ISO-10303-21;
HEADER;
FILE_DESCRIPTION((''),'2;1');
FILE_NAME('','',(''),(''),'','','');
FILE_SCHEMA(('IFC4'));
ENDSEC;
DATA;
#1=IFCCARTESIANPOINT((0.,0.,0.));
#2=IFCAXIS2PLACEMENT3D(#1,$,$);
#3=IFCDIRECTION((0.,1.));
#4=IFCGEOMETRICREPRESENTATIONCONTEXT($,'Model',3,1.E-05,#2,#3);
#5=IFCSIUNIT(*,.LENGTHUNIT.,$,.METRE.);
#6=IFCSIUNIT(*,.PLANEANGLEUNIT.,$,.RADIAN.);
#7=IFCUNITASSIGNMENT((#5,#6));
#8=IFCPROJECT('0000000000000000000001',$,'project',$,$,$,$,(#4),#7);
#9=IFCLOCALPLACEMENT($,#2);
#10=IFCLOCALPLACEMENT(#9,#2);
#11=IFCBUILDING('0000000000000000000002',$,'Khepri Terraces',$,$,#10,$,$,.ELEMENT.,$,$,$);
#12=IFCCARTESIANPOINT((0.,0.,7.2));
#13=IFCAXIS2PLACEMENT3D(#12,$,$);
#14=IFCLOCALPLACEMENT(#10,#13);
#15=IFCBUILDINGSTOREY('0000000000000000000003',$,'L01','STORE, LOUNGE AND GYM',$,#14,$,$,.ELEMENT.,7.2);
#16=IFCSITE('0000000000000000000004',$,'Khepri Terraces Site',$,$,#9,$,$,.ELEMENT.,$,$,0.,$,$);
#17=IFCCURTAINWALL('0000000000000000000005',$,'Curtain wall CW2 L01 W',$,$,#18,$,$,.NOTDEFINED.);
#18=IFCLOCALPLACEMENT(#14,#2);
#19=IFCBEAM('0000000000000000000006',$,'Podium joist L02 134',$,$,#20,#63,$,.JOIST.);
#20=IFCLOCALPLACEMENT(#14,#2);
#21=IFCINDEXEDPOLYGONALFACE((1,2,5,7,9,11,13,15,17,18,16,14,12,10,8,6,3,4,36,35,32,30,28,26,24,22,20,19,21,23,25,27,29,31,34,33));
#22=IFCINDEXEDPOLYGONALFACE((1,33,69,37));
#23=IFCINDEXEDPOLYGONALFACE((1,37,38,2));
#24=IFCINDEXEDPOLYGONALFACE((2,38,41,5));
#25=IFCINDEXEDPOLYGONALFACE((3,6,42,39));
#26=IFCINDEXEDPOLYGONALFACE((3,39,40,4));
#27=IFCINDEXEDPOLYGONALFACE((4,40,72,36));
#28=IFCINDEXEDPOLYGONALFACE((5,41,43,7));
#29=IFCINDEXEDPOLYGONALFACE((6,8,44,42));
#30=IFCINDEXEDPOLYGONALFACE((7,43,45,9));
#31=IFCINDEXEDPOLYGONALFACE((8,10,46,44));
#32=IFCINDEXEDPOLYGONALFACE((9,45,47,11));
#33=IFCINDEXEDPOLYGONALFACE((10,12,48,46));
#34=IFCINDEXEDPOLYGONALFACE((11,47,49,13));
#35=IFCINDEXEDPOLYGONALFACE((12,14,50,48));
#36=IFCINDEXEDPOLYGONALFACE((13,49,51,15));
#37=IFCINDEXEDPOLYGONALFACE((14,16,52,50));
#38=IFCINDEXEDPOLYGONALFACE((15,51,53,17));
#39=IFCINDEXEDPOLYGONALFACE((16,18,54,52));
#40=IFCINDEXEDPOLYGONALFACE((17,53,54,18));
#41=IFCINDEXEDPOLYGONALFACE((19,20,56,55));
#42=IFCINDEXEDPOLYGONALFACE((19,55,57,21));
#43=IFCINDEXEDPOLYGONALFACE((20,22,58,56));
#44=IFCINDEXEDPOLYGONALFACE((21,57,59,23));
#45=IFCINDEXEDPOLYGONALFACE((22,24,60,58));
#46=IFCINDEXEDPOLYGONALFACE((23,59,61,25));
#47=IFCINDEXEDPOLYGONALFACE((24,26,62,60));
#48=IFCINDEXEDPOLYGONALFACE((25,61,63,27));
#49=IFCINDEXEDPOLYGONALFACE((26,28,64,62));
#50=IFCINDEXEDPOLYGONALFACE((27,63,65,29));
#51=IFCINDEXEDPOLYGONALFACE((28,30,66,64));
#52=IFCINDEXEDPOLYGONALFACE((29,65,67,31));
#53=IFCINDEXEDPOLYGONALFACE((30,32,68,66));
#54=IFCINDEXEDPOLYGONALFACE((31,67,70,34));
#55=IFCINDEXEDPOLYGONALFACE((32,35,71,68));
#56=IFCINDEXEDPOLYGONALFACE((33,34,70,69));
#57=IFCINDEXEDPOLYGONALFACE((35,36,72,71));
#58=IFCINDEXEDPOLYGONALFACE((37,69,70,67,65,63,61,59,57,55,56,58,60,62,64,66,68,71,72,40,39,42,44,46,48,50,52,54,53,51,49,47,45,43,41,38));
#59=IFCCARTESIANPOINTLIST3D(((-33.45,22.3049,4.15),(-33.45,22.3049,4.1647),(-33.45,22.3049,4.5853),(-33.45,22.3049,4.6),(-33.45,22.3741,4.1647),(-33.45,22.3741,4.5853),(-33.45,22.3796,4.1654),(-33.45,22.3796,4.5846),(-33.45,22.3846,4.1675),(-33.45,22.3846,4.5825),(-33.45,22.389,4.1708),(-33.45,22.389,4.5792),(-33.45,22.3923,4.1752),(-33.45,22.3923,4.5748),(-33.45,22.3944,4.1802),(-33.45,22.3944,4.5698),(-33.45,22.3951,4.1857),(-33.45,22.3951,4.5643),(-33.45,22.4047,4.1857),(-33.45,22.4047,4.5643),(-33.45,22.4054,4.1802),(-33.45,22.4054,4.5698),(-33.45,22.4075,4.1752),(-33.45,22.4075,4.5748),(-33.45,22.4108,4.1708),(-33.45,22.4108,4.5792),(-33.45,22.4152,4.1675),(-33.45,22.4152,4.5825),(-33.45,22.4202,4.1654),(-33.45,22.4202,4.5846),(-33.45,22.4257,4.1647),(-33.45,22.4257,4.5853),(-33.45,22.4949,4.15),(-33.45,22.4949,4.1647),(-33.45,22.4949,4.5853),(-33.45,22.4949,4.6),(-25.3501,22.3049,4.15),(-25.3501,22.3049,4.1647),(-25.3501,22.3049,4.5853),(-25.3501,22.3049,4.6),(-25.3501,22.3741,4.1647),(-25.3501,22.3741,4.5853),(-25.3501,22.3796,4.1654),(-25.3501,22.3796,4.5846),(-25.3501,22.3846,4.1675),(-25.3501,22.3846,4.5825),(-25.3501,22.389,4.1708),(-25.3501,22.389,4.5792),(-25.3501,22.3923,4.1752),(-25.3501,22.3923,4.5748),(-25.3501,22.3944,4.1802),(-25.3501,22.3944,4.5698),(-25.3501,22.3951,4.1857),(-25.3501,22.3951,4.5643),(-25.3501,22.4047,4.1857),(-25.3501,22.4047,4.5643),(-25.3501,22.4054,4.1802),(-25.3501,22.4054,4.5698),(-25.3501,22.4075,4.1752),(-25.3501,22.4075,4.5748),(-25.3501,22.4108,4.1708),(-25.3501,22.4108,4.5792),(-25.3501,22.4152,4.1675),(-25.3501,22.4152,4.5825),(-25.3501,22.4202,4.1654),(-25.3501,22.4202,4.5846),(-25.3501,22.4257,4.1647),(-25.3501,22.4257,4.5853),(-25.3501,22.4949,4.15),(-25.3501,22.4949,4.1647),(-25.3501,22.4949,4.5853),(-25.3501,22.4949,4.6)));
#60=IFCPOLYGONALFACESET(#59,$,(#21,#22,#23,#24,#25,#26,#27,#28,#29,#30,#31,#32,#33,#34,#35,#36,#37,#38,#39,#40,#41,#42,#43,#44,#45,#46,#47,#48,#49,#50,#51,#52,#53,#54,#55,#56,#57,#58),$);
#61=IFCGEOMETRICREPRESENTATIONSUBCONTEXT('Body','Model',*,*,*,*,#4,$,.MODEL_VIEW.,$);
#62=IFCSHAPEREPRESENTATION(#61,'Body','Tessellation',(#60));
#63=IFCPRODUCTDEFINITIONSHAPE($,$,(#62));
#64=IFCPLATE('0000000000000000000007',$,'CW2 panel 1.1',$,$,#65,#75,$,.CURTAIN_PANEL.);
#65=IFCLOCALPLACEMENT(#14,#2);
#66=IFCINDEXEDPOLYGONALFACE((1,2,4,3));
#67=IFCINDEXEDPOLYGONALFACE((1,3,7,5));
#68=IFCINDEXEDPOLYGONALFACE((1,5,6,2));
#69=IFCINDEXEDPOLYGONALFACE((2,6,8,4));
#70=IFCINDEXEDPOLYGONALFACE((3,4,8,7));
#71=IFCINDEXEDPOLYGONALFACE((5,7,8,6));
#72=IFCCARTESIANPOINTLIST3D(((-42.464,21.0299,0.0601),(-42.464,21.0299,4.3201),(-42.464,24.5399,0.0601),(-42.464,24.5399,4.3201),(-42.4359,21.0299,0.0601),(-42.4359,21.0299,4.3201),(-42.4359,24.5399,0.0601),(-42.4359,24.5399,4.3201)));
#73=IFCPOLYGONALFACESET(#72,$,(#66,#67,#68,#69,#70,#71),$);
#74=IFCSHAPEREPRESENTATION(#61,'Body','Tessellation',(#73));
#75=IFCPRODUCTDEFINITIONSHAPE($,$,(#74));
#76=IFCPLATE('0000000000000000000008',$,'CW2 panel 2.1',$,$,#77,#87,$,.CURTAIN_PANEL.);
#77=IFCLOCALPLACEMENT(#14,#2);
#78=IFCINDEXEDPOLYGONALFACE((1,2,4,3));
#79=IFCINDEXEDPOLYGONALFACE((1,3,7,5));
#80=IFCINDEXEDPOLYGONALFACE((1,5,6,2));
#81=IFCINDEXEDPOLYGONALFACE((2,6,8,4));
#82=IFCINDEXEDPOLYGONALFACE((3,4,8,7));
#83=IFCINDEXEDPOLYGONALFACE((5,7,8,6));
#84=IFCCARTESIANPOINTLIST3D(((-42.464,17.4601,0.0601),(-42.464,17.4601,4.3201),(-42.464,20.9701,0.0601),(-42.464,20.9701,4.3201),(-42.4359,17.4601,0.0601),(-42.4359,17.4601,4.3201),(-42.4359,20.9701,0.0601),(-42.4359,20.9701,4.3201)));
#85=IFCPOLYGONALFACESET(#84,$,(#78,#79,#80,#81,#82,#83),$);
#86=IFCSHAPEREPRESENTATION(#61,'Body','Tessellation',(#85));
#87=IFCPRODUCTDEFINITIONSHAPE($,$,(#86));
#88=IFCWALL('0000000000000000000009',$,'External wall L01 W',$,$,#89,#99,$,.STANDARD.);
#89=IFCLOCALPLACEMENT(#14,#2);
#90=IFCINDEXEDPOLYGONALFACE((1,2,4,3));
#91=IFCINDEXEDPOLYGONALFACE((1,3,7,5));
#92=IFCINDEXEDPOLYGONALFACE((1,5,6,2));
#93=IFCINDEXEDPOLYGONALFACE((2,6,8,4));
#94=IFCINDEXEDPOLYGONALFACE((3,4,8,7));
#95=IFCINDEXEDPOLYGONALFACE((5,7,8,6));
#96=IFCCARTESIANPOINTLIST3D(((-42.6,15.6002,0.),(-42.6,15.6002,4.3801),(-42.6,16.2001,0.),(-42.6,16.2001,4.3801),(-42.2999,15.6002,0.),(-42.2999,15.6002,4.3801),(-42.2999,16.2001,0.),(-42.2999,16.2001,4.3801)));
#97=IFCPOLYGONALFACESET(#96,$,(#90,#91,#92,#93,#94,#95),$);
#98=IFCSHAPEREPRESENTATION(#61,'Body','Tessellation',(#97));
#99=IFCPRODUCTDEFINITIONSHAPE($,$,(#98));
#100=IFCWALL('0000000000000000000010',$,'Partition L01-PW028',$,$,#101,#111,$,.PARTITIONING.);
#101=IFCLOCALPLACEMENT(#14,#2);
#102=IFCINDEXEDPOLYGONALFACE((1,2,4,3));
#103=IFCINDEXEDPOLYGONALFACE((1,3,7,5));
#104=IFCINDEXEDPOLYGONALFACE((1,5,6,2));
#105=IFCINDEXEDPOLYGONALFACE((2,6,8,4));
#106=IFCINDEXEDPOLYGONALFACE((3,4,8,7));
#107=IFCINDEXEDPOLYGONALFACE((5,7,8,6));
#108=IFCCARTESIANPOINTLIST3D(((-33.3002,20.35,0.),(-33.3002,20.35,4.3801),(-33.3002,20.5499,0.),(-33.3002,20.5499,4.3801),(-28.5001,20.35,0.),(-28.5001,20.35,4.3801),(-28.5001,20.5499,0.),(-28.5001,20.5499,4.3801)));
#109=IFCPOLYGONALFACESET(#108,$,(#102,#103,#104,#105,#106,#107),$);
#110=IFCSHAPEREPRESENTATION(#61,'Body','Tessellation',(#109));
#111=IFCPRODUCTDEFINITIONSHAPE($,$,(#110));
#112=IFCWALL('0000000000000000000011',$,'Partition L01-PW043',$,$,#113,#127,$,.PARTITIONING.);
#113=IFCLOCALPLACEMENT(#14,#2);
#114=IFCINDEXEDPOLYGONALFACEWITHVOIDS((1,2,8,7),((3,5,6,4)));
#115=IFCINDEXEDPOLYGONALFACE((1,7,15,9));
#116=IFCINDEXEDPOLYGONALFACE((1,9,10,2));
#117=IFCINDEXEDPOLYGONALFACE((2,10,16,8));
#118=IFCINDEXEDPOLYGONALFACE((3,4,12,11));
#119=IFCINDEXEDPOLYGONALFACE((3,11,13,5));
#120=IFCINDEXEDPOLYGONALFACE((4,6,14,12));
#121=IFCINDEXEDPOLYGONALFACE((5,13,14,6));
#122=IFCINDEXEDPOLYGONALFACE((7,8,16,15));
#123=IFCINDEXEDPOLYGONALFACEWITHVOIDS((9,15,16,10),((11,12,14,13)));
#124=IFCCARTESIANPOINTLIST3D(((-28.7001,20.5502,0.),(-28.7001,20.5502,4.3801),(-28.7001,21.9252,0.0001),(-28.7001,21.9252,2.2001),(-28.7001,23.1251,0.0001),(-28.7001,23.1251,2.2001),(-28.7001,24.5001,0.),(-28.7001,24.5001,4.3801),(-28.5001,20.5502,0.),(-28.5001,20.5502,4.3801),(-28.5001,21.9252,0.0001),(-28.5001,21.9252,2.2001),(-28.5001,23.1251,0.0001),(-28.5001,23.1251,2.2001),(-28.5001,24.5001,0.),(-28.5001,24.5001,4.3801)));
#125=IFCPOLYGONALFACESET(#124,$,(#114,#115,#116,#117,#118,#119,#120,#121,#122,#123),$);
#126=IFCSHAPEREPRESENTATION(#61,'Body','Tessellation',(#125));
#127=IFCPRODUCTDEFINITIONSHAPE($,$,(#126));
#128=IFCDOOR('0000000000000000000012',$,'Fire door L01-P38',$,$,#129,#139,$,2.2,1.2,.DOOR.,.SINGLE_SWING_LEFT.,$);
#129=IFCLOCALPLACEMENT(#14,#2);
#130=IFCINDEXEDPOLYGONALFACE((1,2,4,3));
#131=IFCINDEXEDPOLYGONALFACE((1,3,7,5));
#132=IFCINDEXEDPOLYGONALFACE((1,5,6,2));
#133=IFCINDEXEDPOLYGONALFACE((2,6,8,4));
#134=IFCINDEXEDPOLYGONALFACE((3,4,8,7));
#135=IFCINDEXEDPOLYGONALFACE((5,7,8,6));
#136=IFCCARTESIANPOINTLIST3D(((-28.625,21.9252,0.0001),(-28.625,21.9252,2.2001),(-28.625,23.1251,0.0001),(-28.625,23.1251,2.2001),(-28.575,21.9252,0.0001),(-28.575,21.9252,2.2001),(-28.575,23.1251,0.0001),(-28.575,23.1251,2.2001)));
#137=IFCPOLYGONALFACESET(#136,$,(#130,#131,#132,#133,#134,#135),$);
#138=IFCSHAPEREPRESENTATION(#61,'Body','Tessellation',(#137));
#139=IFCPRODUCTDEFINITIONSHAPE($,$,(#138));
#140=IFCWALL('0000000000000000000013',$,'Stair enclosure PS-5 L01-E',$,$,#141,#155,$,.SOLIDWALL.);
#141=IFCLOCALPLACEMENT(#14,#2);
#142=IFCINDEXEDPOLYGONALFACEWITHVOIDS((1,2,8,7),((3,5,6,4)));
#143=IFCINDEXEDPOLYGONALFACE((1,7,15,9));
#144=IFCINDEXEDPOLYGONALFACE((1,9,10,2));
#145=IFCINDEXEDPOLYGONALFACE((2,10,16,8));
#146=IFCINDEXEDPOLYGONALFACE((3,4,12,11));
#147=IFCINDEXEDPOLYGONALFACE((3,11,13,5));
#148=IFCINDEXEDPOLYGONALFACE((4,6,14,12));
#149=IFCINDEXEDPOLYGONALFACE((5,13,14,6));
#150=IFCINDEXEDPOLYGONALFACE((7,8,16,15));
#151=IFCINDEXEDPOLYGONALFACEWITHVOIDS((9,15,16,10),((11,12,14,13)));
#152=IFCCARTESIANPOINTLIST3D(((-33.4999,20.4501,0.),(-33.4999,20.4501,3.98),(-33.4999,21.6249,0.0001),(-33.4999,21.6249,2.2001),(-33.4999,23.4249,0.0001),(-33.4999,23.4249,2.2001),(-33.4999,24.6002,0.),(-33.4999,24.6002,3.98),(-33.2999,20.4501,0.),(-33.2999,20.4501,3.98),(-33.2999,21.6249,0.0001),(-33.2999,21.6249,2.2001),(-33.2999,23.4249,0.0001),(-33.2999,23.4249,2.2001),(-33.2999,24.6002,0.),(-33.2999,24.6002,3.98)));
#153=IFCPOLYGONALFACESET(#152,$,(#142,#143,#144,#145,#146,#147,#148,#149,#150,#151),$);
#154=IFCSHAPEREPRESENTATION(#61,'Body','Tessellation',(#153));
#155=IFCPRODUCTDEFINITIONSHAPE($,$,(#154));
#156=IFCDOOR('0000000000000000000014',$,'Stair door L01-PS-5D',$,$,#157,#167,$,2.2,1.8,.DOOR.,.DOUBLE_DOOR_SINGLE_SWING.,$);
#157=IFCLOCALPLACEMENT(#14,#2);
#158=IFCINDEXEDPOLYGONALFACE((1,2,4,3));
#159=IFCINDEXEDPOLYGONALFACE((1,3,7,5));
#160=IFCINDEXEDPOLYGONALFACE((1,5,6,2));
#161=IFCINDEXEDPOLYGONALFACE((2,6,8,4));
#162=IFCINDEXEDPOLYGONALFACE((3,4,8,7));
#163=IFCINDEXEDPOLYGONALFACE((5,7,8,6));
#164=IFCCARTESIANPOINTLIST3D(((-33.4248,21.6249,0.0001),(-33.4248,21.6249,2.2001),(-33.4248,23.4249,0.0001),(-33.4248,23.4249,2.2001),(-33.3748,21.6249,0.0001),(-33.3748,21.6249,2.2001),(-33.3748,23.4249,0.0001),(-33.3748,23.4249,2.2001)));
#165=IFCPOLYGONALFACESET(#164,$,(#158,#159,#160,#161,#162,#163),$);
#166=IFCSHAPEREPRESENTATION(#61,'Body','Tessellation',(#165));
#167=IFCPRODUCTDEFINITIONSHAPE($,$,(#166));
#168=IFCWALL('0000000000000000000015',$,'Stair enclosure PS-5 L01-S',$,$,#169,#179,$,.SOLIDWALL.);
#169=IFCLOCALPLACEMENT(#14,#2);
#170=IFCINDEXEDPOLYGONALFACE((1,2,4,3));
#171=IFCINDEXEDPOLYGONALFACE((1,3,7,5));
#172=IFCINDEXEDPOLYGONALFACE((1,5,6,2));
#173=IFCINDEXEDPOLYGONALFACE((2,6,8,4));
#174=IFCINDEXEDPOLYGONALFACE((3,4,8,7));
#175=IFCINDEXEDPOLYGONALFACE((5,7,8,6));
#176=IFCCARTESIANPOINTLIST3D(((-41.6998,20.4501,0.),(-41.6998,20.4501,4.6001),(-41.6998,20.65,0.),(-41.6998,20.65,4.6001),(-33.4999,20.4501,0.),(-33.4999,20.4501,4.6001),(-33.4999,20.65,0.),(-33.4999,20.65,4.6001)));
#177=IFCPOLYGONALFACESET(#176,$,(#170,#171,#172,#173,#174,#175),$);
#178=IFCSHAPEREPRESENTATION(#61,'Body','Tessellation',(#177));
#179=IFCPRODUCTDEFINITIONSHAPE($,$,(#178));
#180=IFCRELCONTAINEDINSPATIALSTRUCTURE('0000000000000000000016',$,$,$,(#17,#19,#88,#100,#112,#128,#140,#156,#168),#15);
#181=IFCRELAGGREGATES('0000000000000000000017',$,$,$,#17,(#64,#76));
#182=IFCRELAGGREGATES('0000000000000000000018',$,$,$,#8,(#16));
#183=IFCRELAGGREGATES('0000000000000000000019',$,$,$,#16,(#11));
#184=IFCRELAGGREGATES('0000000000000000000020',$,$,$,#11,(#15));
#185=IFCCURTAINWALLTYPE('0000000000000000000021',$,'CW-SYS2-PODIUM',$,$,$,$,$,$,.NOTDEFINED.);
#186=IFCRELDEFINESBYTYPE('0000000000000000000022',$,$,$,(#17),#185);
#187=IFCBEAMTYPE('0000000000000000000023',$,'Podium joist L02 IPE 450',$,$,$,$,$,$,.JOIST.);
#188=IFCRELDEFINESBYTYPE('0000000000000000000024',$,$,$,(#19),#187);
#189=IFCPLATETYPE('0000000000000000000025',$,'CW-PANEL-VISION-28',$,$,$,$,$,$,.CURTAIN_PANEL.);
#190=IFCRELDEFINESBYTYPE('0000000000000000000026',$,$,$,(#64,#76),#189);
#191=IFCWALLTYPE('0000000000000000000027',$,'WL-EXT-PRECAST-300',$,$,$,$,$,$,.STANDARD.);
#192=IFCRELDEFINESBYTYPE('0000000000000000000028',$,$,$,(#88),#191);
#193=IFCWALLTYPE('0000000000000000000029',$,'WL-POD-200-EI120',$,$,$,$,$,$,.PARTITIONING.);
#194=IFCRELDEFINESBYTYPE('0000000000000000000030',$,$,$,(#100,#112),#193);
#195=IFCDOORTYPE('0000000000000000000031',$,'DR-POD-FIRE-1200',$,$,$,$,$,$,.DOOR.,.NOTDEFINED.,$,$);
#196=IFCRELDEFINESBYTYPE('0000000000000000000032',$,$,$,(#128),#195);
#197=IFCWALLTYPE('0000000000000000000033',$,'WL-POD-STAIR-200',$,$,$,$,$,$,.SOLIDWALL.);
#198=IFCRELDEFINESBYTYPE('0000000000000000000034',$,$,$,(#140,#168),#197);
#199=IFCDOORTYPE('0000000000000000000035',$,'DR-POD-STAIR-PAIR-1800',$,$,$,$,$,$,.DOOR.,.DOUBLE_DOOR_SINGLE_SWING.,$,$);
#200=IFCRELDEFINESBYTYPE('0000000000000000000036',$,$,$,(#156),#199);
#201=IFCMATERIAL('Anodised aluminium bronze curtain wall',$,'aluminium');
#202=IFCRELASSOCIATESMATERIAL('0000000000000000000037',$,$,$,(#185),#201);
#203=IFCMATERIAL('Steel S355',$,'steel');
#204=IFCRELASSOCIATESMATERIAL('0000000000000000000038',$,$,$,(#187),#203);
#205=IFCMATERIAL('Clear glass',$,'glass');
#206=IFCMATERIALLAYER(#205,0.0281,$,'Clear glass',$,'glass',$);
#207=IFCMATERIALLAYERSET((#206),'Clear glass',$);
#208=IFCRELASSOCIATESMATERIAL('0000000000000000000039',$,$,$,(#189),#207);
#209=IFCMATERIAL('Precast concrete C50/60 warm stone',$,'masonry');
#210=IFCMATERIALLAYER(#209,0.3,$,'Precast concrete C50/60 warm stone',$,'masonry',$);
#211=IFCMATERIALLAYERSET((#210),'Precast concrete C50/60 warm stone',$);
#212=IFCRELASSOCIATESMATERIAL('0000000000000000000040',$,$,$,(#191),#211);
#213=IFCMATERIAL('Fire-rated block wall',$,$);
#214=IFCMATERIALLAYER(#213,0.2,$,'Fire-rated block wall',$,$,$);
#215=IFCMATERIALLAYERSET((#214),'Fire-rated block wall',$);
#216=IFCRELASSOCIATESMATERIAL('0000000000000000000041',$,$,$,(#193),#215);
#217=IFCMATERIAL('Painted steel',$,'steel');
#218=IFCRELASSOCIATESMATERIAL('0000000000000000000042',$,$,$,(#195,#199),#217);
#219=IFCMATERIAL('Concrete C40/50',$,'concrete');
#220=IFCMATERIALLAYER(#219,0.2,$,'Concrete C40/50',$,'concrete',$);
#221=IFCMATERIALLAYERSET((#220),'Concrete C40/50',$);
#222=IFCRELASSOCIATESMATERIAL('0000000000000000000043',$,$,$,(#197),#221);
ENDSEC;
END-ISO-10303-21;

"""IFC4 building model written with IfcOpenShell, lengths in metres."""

from ifc_helpers import new_model, si_unit, direction, frame, frame_2d, origin, origin_2d, place, context, subcontext, project, spatial, rectangle, i_section, extrude, material, layer, layer_set, material_profile, profile_set, type_object, element, fill, aggregate, save


model = new_model("IFC4")

# Units and contexts
model_context = context("Model", 3, precision=1e-05, world=origin(), true_north=direction((0.0, 1.0)))
body_context = subcontext(model_context, "Body", "Model", "MODEL_VIEW")
ifc_project = project(units=[si_unit("LENGTHUNIT", "METRE"), si_unit("PLANEANGLEUNIT", "RADIAN")], contexts=[model_context])

# Site, building, storey
site_placement = place(None, origin())
site = spatial("IfcSite", under=ifc_project, at=site_placement, Name="Khepri Terraces Site", CompositionType="ELEMENT", RefElevation=0.0)
building_placement = place(site_placement, origin())
building = spatial("IfcBuilding", under=site, at=building_placement, Name="Khepri Terraces", CompositionType="ELEMENT")
storey_placement = place(building_placement, frame((0.0, 0.0, 7.2)))
storey = spatial("IfcBuildingStorey", under=building, at=storey_placement, Name="L01", Description="STORE, LOUNGE AND GYM", CompositionType="ELEMENT", Elevation=7.2)

# Curtain wall
ifc_material_1 = material(Name="Anodised aluminium bronze curtain wall", Category="aluminium")
curtain_wall_type = type_object("IfcCurtainWallType", Name="CW-SYS2-PODIUM", PredefinedType="NOTDEFINED", material=ifc_material_1)
curtain_wall_placement = place(storey_placement, origin())
curtain_wall = element("IfcCurtainWall", 1, at=curtain_wall_placement, inside=storey, type_object=curtain_wall_type, Name="Curtain wall CW2 L01 W", PredefinedType="NOTDEFINED")

# Beam
ifc_material_2 = material(Name="Steel S355", Category="steel")
ifc_material_profile_1 = material_profile(ifc_material_2, i_section(OverallWidth=0.1899, OverallDepth=0.45, WebThickness=0.0095, FlangeThickness=0.0146, FilletRadius=0.021, at=origin_2d()), Name="Steel S355", Category="steel")
ifc_profile_set_1 = profile_set([ifc_material_profile_1], Name="Steel S355")
beam_type_1 = type_object("IfcBeamType", Name="Podium joist L02 IPE 450", PredefinedType="JOIST", material=ifc_profile_set_1)
beam_1_placement = place(storey_placement, frame((-33.45, 22.3999, 4.375), z_axis=(1.0, 0.0, 0.0), x_axis=(0.0, 1.0, 0.0)))
element("IfcBeam", 2, at=beam_1_placement, inside=storey, type_object=beam_type_1, Name="Podium joist L02 134", PredefinedType="JOIST", context=body_context, shape_type="SweptSolid", body=[
    extrude(i_section(OverallWidth=0.1899, OverallDepth=0.45, WebThickness=0.0095, FlangeThickness=0.0146, FilletRadius=0.021, at=origin_2d()), origin(), (0.0, 0.0, 1.0), 8.0999),
])

# Plates
ifc_material_3 = material(Name="Clear glass", Category="glass")
ifc_layer_1 = layer(ifc_material_3, 0.0281, Name="Clear glass", Category="glass")
ifc_layer_set_1 = layer_set([ifc_layer_1], Name="Clear glass")
plate_type = type_object("IfcPlateType", Name="CW-PANEL-VISION-28", PredefinedType="CURTAIN_PANEL", material=ifc_layer_set_1)
plate_1_placement = place(storey_placement, frame((-42.45, 22.7849, 0.0601), z_axis=(0.0, 0.0, 1.0), x_axis=(0.0, -1.0, 0.0)))
plate_1 = element("IfcPlate", 3, at=plate_1_placement, type_object=plate_type, Name="CW2 panel 1.1", PredefinedType="CURTAIN_PANEL", context=body_context, shape_type="SweptSolid", body=[
    extrude(rectangle(XDim=3.51, YDim=0.0281, at=origin_2d()), origin(), (0.0, 0.0, 1.0), 4.26),
])
plate_2_placement = place(storey_placement, frame((-42.45, 19.2151, 0.0601), z_axis=(0.0, 0.0, 1.0), x_axis=(0.0, -1.0, 0.0)))
plate_2 = element("IfcPlate", 4, at=plate_2_placement, type_object=plate_type, Name="CW2 panel 2.1", PredefinedType="CURTAIN_PANEL", context=body_context, shape_type="SweptSolid", body=[
    extrude(rectangle(XDim=3.51, YDim=0.0281, at=origin_2d()), origin(), (0.0, 0.0, 1.0), 4.26),
])
aggregate(curtain_wall, [plate_1, plate_2])

# Wall
ifc_material_4 = material(Name="Precast concrete C50/60 warm stone", Category="masonry")
ifc_layer_2 = layer(ifc_material_4, 0.3, Name="Precast concrete C50/60 warm stone", Category="masonry")
ifc_layer_set_2 = layer_set([ifc_layer_2], Name="Precast concrete C50/60 warm stone")
wall_type_1 = type_object("IfcWallType", Name="WL-EXT-PRECAST-300", PredefinedType="STANDARD", material=ifc_layer_set_2)
wall_1_placement = place(storey_placement, frame((-42.45, 16.2, 0.0), z_axis=(0.0, 0.0, 1.0), x_axis=(0.0, -1.0, 0.0)))
element("IfcWall", 5, at=wall_1_placement, inside=storey, type_object=wall_type_1, Name="External wall L01 W", PredefinedType="STANDARD", context=body_context, shape_type="SweptSolid", body=[
    extrude(rectangle(XDim=0.5999, YDim=0.3, at=frame_2d((0.2998, 0.0))), origin(), (0.0, 0.0, 1.0), 4.3801),
])

# Wall
ifc_material_5 = material(Name="Fire-rated block wall")
ifc_layer_3 = layer(ifc_material_5, 0.2, Name="Fire-rated block wall")
ifc_layer_set_3 = layer_set([ifc_layer_3], Name="Fire-rated block wall")
wall_type_2 = type_object("IfcWallType", Name="WL-POD-200-EI120", PredefinedType="PARTITIONING", material=ifc_layer_set_3)
wall_2_placement = place(storey_placement, frame((-33.3, 20.45, 0.0), z_axis=(0.0, 0.0, 1.0), x_axis=(1.0, 0.0, 0.0)))
element("IfcWall", 6, at=wall_2_placement, inside=storey, type_object=wall_type_2, Name="Partition L01-PW028", PredefinedType="PARTITIONING", context=body_context, shape_type="SweptSolid", body=[
    extrude(rectangle(XDim=4.8, YDim=0.2, at=frame_2d((2.3999, 0.0))), origin(), (0.0, 0.0, 1.0), 4.3801),
])

# Walls, openings, doors
wall_3_placement = place(storey_placement, frame((-28.6001, 20.55, 0.0), z_axis=(0.0, 0.0, 1.0), x_axis=(0.0, 1.0, 0.0)))
wall_3 = element("IfcWall", 7, at=wall_3_placement, inside=storey, type_object=wall_type_2, Name="Partition L01-PW043", PredefinedType="PARTITIONING", context=body_context, shape_type="SweptSolid", body=[
    extrude(rectangle(XDim=3.95, YDim=0.2, at=frame_2d((1.9751, 0.0))), origin(), (0.0, 0.0, 1.0), 4.3801),
])
opening_1_placement = place(wall_3_placement, frame((1.375, 0.0, 0.0)))
opening_1 = element("IfcOpeningElement", 8, at=opening_1_placement, cuts=wall_3, PredefinedType="OPENING", context=body_context, shape_type="SweptSolid", body=[
    extrude(rectangle(XDim=1.2, YDim=2.2, at=frame_2d((0.6001, 1.1001))), frame((0.0, 0.1099, 0.0), z_axis=(0.0, -1.0, 0.0), x_axis=(1.0, 0.0, 0.0)), (0.0, 0.0, 1.0), 0.22),
])
ifc_material_6 = material(Name="Painted steel", Category="steel")
door_type_1 = type_object("IfcDoorType", Name="DR-POD-FIRE-1200", OperationType="NOTDEFINED", PredefinedType="DOOR", material=ifc_material_6)
door_1_placement = place(opening_1_placement, origin())
door_1 = element("IfcDoor", 9, at=door_1_placement, inside=storey, type_object=door_type_1, Name="Fire door L01-P38", OperationType="SINGLE_SWING_LEFT", OverallHeight=2.2, OverallWidth=1.2, PredefinedType="DOOR", context=body_context, shape_type="SweptSolid", body=[
    extrude(rectangle(XDim=1.2, YDim=2.2, at=frame_2d((0.6001, 1.1001))), frame((0.0, 0.0249, 0.0), z_axis=(0.0, -1.0, 0.0), x_axis=(1.0, 0.0, 0.0)), (0.0, 0.0, 1.0), 0.05),
])
fill(opening_1, door_1)
ifc_material_7 = material(Name="Concrete C40/50", Category="concrete")
ifc_layer_4 = layer(ifc_material_7, 0.2, Name="Concrete C40/50", Category="concrete")
ifc_layer_set_4 = layer_set([ifc_layer_4], Name="Concrete C40/50")
wall_type_3 = type_object("IfcWallType", Name="WL-POD-STAIR-200", PredefinedType="SOLIDWALL", material=ifc_layer_set_4)
wall_4_placement = place(storey_placement, frame((-33.3999, 20.45, 0.0), z_axis=(0.0, 0.0, 1.0), x_axis=(0.0, 1.0, 0.0)))
wall_4 = element("IfcWall", 10, at=wall_4_placement, inside=storey, type_object=wall_type_3, Name="Stair enclosure PS-5 L01-E", PredefinedType="SOLIDWALL", context=body_context, shape_type="SweptSolid", body=[
    extrude(rectangle(XDim=4.1501, YDim=0.2, at=frame_2d((2.0752, 0.0))), origin(), (0.0, 0.0, 1.0), 3.98),
])
opening_2_placement = place(wall_4_placement, frame((1.175, 0.0, 0.0)))
opening_2 = element("IfcOpeningElement", 11, at=opening_2_placement, cuts=wall_4, PredefinedType="OPENING", context=body_context, shape_type="SweptSolid", body=[
    extrude(rectangle(XDim=1.8, YDim=2.2, at=frame_2d((0.8999, 1.1001))), frame((0.0, 0.1099, 0.0), z_axis=(0.0, -1.0, 0.0), x_axis=(1.0, 0.0, 0.0)), (0.0, 0.0, 1.0), 0.22),
])
door_type_2 = type_object("IfcDoorType", Name="DR-POD-STAIR-PAIR-1800", OperationType="DOUBLE_DOOR_SINGLE_SWING", PredefinedType="DOOR", material=ifc_material_6)
door_2_placement = place(opening_2_placement, origin())
door_2 = element("IfcDoor", 12, at=door_2_placement, inside=storey, type_object=door_type_2, Name="Stair door L01-PS-5D", OperationType="DOUBLE_DOOR_SINGLE_SWING", OverallHeight=2.2, OverallWidth=1.8, PredefinedType="DOOR", context=body_context, shape_type="SweptSolid", body=[
    extrude(rectangle(XDim=1.8, YDim=2.2, at=frame_2d((0.8999, 1.1001))), frame((0.0, 0.0249, 0.0), z_axis=(0.0, -1.0, 0.0), x_axis=(1.0, 0.0, 0.0)), (0.0, 0.0, 1.0), 0.05),
])
fill(opening_2, door_2)

# Wall
wall_5_placement = place(storey_placement, frame((-41.7, 20.55, 0.0), z_axis=(0.0, 0.0, 1.0), x_axis=(1.0, 0.0, 0.0)))
element("IfcWall", 13, at=wall_5_placement, inside=storey, type_object=wall_type_3, Name="Stair enclosure PS-5 L01-S", PredefinedType="SOLIDWALL", context=body_context, shape_type="SweptSolid", body=[
    extrude(rectangle(XDim=8.2, YDim=0.2, at=frame_2d((4.1001, 0.0))), origin(), (0.0, 0.0, 1.0), 4.6001),
])

save(model, "model.ifc")
